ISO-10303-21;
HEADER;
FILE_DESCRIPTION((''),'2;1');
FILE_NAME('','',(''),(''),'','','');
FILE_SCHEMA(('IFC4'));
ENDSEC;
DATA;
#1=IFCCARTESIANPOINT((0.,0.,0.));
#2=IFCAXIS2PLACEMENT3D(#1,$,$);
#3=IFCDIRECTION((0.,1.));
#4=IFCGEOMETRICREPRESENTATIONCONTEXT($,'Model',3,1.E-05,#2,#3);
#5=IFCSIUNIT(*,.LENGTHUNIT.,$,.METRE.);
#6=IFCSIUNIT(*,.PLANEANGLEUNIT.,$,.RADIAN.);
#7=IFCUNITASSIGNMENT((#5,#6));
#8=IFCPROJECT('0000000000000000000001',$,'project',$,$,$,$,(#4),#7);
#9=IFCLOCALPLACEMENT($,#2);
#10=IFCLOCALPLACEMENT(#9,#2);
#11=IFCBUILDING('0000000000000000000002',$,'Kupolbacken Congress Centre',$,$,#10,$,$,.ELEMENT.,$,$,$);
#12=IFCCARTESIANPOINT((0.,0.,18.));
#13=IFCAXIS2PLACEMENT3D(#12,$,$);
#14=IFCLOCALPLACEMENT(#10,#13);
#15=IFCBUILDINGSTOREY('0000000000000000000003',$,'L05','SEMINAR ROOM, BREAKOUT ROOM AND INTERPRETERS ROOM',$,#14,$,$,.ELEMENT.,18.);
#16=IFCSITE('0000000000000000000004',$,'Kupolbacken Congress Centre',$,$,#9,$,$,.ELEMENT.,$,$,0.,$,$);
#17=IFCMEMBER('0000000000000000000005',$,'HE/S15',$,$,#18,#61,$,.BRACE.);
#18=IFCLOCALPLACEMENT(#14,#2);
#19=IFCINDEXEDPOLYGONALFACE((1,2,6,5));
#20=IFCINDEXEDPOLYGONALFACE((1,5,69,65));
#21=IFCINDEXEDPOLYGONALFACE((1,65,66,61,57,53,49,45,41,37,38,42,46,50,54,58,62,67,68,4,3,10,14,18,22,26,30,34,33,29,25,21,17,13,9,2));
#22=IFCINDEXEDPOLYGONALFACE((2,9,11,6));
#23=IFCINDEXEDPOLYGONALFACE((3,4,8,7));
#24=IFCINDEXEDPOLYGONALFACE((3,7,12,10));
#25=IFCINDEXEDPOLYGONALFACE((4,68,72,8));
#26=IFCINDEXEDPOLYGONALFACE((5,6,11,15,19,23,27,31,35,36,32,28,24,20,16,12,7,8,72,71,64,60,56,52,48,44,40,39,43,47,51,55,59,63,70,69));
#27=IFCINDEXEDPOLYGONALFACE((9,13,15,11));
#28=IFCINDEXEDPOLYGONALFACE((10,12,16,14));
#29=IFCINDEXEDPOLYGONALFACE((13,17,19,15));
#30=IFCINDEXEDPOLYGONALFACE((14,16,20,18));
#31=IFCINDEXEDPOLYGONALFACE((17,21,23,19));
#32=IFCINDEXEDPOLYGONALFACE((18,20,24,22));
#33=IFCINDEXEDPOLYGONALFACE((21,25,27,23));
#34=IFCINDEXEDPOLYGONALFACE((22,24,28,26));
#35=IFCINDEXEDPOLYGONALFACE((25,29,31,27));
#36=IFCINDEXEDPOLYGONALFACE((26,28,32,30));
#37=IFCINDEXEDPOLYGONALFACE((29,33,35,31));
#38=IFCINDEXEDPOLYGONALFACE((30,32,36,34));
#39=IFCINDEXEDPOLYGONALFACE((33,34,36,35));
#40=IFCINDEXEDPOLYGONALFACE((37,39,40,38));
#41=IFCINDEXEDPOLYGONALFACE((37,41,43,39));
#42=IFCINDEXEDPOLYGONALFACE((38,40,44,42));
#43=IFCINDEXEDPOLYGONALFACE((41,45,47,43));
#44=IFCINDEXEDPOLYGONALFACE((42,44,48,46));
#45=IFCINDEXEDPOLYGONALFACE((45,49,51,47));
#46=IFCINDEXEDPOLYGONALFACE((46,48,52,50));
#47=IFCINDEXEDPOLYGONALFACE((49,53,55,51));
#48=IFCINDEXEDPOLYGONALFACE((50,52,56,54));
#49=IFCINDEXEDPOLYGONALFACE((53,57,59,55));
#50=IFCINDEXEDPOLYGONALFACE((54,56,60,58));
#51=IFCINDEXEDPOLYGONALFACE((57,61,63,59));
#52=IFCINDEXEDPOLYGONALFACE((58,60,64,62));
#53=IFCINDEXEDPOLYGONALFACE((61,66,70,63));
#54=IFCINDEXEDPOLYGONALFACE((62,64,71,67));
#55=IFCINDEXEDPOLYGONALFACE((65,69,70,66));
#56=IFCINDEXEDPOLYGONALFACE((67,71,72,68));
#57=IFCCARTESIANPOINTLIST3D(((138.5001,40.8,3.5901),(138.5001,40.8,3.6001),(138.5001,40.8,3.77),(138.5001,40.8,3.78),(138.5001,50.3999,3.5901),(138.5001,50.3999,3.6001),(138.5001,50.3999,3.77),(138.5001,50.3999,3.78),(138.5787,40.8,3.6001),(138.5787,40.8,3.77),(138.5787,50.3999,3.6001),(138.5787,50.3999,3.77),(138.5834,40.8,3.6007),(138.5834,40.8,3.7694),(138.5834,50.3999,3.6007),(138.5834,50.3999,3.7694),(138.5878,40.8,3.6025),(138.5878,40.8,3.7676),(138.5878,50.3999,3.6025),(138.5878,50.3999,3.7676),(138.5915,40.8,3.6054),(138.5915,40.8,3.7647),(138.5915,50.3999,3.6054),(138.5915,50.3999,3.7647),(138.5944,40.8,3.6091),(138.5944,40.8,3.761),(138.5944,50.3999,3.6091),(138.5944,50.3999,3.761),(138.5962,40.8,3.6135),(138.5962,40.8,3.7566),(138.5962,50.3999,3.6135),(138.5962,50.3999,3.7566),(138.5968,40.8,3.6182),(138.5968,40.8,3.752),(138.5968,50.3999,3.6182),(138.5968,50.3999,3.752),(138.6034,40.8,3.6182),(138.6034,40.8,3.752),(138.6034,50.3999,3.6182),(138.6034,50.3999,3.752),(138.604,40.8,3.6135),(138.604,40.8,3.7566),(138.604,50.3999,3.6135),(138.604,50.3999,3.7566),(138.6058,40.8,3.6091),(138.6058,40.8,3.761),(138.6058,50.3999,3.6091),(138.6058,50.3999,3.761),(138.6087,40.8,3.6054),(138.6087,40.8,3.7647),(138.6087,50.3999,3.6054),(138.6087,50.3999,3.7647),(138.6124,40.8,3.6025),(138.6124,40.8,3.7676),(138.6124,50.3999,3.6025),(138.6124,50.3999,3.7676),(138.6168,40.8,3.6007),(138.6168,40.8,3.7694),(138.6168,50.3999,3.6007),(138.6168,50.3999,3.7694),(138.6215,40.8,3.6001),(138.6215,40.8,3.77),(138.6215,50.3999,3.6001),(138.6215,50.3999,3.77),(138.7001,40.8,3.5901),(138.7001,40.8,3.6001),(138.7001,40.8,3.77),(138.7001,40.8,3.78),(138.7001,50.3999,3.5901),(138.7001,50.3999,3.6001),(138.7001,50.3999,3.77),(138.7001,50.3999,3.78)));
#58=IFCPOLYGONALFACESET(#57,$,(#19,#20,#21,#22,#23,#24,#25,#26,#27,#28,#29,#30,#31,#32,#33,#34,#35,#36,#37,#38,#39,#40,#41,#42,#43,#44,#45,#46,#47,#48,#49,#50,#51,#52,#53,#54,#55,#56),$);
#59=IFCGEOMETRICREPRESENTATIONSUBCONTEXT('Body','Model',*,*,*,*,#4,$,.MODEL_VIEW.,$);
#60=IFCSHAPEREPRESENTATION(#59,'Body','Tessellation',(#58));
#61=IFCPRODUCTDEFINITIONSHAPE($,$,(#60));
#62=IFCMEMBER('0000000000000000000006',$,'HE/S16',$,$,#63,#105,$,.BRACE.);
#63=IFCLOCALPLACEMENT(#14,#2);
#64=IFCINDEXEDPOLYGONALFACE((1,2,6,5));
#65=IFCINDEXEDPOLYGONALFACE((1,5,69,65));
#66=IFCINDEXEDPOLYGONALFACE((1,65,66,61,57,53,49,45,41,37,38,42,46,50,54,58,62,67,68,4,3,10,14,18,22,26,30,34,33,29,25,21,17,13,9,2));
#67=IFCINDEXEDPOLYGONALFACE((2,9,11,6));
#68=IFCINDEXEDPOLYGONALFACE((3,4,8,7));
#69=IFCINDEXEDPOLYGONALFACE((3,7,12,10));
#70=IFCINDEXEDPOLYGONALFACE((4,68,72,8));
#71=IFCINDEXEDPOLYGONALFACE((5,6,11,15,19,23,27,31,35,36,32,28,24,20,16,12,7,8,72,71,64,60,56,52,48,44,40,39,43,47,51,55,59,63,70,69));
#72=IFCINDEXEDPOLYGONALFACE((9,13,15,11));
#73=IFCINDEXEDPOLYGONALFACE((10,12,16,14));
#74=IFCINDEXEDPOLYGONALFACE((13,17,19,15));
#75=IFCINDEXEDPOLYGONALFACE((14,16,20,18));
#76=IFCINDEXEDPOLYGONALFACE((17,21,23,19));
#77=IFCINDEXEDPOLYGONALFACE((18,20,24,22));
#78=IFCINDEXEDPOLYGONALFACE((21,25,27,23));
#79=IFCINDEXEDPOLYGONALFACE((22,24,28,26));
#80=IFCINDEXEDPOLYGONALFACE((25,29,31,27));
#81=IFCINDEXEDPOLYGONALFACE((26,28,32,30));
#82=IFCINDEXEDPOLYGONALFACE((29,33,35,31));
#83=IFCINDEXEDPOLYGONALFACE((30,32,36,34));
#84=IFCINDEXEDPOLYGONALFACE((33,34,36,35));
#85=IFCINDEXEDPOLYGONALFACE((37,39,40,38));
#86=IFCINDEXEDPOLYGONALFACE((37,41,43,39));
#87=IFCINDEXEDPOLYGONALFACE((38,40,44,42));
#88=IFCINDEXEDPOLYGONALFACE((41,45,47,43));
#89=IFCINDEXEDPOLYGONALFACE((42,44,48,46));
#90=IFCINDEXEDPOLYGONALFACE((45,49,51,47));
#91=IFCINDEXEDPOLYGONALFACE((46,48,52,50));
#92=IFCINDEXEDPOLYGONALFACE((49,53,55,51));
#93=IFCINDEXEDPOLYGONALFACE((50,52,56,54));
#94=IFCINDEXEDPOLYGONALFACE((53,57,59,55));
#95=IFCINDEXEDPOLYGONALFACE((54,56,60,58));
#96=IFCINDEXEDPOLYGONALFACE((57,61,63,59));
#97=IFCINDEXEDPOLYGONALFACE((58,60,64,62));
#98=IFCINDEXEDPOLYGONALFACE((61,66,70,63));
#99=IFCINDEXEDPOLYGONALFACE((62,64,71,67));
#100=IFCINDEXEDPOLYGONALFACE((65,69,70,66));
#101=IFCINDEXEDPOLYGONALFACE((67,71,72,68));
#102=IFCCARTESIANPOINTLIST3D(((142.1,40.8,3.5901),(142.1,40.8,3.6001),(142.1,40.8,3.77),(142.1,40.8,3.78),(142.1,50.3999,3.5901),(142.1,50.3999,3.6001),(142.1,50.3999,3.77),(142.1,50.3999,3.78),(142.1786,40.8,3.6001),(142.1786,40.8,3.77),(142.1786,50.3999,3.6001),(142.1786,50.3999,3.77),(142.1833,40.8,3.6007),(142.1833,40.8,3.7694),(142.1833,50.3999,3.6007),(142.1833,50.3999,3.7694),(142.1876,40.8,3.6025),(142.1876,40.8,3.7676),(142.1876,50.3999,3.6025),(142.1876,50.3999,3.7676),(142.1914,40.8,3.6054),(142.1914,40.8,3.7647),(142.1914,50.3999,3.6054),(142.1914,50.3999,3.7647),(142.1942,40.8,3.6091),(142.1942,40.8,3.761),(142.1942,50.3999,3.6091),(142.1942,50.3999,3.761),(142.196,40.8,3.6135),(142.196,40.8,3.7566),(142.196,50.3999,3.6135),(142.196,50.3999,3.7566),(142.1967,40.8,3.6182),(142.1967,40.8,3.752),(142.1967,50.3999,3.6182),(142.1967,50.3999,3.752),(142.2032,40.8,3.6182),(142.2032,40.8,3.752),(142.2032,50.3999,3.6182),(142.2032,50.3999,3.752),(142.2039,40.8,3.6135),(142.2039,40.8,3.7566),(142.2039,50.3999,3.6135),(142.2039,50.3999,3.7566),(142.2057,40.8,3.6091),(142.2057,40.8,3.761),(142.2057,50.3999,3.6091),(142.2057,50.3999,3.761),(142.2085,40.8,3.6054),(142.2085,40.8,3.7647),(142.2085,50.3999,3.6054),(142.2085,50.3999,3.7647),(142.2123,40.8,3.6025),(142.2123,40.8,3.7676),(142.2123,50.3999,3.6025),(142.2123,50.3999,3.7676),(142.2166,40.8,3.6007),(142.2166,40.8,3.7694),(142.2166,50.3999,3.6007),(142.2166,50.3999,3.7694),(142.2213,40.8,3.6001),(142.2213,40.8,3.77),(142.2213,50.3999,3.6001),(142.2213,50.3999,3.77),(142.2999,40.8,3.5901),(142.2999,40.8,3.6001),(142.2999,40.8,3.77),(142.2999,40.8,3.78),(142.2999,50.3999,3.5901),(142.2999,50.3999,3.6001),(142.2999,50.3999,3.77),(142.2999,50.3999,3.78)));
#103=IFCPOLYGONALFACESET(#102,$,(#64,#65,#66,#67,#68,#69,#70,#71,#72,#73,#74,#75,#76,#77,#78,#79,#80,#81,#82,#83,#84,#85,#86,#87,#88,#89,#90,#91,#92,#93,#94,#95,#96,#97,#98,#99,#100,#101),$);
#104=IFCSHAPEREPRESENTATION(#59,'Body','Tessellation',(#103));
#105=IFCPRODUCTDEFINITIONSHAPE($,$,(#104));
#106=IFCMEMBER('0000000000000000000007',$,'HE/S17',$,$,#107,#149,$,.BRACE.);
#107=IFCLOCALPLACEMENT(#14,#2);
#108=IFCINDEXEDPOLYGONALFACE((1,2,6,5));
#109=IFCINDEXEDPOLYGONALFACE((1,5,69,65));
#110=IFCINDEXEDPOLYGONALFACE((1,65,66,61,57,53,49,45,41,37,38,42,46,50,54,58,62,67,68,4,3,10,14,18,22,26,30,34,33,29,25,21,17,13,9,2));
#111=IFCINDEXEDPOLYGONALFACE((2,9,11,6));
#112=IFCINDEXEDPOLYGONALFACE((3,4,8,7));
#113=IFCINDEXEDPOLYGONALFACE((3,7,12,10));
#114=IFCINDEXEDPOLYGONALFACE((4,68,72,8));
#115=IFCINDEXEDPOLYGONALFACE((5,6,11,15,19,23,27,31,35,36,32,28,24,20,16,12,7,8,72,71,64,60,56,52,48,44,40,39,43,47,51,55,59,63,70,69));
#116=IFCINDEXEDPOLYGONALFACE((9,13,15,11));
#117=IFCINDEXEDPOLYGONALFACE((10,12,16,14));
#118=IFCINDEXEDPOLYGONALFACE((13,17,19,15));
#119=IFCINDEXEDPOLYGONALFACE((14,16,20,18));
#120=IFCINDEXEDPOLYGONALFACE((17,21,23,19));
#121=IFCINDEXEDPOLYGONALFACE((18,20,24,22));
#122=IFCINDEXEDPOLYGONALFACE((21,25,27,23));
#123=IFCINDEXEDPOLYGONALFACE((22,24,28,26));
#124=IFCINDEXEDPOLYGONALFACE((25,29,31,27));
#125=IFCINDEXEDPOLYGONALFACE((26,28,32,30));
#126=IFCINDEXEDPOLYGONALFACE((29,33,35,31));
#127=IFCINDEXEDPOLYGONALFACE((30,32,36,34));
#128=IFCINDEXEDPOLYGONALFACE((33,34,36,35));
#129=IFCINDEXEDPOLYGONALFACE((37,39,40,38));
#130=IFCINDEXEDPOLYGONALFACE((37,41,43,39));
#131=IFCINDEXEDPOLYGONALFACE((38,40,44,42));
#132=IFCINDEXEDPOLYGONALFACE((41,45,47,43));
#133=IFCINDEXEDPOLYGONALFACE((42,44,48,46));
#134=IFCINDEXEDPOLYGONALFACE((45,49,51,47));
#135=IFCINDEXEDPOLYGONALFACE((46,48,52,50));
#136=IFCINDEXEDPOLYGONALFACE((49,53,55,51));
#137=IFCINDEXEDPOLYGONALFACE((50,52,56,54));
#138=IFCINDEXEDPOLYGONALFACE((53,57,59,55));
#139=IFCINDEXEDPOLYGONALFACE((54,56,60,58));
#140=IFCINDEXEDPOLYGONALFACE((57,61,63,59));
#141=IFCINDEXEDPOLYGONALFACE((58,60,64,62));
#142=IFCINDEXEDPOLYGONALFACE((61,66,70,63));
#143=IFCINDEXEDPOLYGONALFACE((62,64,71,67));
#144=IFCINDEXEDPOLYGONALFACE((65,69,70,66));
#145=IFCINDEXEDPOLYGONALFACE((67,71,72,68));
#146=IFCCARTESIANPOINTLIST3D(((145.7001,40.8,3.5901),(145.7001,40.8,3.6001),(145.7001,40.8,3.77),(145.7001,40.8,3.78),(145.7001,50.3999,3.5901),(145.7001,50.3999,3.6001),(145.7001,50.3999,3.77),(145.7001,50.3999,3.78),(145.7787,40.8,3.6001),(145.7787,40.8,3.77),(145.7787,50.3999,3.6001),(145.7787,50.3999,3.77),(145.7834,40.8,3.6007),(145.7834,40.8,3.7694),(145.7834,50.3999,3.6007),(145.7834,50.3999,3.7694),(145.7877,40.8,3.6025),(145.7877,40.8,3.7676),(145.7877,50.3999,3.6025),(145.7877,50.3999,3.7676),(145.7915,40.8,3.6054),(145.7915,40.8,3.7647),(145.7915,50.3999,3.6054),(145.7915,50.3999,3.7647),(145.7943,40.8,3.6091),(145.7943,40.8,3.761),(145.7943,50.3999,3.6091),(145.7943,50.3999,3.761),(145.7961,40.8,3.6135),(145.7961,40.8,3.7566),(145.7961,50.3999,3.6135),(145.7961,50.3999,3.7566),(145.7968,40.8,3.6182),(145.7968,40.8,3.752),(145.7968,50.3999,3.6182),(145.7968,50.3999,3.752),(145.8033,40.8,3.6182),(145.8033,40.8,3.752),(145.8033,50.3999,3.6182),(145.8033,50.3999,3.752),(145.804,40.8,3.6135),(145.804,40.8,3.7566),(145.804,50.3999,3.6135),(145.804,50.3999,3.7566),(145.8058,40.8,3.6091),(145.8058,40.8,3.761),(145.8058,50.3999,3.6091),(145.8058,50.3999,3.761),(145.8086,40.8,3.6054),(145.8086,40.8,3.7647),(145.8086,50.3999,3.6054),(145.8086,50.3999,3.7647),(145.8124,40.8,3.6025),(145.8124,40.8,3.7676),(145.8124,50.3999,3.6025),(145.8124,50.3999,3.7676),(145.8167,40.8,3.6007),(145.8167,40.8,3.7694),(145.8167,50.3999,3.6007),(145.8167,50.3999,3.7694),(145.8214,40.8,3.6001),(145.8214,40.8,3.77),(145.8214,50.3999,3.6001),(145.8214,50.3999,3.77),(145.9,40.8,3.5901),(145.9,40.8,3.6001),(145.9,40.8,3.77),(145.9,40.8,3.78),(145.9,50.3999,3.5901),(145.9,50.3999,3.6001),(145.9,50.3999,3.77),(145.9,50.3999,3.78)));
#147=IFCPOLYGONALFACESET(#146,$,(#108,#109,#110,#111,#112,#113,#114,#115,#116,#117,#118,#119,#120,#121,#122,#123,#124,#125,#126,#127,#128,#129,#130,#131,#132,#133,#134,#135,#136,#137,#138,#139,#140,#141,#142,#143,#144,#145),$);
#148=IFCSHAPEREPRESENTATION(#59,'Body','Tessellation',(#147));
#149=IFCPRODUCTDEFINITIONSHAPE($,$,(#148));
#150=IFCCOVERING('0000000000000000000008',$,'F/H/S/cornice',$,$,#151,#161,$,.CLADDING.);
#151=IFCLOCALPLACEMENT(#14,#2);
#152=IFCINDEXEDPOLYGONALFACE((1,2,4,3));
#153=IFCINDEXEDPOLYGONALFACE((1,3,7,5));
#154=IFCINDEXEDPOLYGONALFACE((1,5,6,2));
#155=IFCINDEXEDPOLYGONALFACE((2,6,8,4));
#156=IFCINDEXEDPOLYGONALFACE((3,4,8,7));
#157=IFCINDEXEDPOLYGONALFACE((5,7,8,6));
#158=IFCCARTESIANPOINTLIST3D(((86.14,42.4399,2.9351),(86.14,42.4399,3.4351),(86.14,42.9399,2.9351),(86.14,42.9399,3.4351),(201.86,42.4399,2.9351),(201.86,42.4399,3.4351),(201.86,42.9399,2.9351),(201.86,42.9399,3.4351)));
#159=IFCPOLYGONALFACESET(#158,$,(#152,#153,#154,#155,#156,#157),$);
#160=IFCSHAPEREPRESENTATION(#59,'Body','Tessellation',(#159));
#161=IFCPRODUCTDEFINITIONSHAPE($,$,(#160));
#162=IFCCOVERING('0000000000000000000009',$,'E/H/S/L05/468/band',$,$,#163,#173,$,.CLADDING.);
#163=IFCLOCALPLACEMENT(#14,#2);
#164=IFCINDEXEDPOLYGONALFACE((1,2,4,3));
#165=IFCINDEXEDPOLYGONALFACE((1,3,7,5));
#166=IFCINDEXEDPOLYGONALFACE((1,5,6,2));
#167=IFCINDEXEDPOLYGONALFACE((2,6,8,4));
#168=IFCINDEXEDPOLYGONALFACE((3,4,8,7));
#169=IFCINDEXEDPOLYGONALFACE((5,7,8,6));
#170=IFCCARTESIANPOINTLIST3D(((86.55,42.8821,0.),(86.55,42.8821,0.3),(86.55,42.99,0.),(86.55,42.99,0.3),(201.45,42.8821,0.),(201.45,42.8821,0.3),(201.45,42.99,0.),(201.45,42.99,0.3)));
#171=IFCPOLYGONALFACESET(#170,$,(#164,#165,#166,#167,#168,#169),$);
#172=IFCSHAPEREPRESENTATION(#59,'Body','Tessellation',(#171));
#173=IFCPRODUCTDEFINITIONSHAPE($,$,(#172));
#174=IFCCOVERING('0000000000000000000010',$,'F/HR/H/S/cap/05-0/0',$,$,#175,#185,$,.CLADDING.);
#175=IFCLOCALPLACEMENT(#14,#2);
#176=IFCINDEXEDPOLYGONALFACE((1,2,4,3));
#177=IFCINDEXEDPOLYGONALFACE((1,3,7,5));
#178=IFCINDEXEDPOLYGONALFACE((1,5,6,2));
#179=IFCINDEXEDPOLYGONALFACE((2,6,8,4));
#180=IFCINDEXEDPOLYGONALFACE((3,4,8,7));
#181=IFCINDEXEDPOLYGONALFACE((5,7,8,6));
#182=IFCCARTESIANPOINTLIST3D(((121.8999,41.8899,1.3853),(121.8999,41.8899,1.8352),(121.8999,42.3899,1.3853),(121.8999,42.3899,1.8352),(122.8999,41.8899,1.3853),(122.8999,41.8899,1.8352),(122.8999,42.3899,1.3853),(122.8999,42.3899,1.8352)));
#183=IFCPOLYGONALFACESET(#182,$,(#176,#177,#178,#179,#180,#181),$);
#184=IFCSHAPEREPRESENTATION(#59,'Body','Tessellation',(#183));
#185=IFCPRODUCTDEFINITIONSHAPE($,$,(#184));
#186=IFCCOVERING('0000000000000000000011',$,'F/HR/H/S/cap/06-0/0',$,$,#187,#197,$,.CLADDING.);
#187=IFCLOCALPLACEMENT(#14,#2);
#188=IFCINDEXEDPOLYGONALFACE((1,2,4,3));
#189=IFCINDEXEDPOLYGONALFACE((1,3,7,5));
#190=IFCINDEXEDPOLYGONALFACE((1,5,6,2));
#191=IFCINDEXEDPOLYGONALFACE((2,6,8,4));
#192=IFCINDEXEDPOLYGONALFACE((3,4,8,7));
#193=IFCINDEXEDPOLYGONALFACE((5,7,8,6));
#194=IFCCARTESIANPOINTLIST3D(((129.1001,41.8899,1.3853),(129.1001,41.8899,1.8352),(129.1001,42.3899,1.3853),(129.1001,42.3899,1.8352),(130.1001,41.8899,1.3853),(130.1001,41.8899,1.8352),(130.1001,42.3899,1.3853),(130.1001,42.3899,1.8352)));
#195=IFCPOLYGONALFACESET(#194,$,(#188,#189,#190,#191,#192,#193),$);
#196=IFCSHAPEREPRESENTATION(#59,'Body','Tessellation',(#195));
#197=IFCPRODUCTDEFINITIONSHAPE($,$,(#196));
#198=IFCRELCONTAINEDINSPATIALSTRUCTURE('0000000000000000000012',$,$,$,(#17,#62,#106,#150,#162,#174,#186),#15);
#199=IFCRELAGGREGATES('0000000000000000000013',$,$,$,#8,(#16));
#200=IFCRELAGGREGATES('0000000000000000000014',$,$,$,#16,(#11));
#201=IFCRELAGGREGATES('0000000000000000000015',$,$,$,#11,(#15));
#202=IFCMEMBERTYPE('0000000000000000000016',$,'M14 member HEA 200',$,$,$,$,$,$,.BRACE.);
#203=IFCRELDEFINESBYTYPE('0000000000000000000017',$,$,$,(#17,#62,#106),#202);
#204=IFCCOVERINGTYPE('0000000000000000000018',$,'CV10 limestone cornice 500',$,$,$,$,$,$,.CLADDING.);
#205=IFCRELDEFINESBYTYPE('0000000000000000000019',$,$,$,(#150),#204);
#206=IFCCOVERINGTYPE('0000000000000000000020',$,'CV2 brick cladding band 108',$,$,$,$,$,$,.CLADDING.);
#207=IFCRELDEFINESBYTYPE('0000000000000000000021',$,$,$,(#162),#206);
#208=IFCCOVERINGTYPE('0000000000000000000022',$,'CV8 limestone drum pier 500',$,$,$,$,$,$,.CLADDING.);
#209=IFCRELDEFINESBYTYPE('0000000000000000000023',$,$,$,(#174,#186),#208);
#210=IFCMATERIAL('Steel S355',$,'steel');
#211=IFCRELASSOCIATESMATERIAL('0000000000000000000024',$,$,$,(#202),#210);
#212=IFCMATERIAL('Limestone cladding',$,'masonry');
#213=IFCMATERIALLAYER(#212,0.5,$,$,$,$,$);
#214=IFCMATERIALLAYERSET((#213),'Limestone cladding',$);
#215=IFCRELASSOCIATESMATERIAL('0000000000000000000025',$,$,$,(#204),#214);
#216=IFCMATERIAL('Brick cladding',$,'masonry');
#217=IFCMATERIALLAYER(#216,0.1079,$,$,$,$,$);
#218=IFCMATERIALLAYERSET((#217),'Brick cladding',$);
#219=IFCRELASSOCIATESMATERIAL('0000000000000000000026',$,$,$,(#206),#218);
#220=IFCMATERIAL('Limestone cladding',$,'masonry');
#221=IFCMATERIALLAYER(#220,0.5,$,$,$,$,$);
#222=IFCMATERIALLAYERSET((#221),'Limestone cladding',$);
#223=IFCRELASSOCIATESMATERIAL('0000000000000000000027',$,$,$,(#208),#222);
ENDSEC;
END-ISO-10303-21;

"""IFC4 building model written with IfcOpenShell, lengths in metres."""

from ifc_helpers import new_model, si_unit, direction, frame, origin, origin_2d, place, context, subcontext, project, spatial, rectangle, i_section, extrude, material, layer, layer_set, material_profile, profile_set, type_object, element, save


model = new_model("IFC4")

# Units and contexts
model_context = context("Model", 3, precision=1e-05, world=origin(), true_north=direction((0.0, 1.0)))
body_context = subcontext(model_context, "Body", "Model", "MODEL_VIEW")
ifc_project = project(units=[si_unit("LENGTHUNIT", "METRE"), si_unit("PLANEANGLEUNIT", "RADIAN")], contexts=[model_context])

# Site, building, storey
site_placement = place(None, origin())
site = spatial("IfcSite", under=ifc_project, at=site_placement, Name="Kupolbacken Congress Centre", CompositionType="ELEMENT", RefElevation=0.0)
building_placement = place(site_placement, origin())
building = spatial("IfcBuilding", under=site, at=building_placement, Name="Kupolbacken Congress Centre", CompositionType="ELEMENT")
storey_placement = place(building_placement, frame((0.0, 0.0, 18.0)))
storey = spatial("IfcBuildingStorey", under=building, at=storey_placement, Name="L05", Description="SEMINAR ROOM, BREAKOUT ROOM AND INTERPRETERS ROOM", CompositionType="ELEMENT", Elevation=18.0)

# Members
ifc_material_1 = material(Name="Steel S355", Category="steel")
ifc_material_profile_1 = material_profile(ifc_material_1, i_section(OverallWidth=0.2, OverallDepth=0.1899, WebThickness=0.0066, FlangeThickness=0.01, FilletRadius=0.0181, at=origin_2d()), Name="HEA 200")
ifc_profile_set_1 = profile_set([ifc_material_profile_1], Name="Steel S355")
member_type_1 = type_object("IfcMemberType", Name="M14 member HEA 200", PredefinedType="BRACE", material=ifc_profile_set_1)
for number, where, z_axis, x_axis, name in (
    (1, (138.6001, 50.3999, 3.6851), (0.0, -1.0, 0.0), (1.0, 0.0, 0.0), "HE/S15"),
    (2, (142.2, 50.3999, 3.6851), (0.0, -1.0, 0.0), (1.0, 0.0, 0.0), "HE/S16"),
    (3, (145.8, 50.3999, 3.6851), (0.0, -1.0, 0.0), (1.0, 0.0, 0.0), "HE/S17"),
):
    element("IfcMember", number, at=place(storey_placement, frame(where, z_axis=z_axis, x_axis=x_axis)), inside=storey, type_object=member_type_1, Name=name, PredefinedType="BRACE", context=body_context, shape_type="SweptSolid", body=[
        extrude(i_section(OverallWidth=0.2, OverallDepth=0.1899, WebThickness=0.0066, FlangeThickness=0.01, FilletRadius=0.0181, at=origin_2d()), origin(), (0.0, 0.0, 1.0), 9.5999),
    ])

# Coverings
ifc_material_2 = material(Name="Limestone cladding", Category="masonry")
ifc_layer_1 = layer(ifc_material_2, 0.5)
ifc_layer_set_1 = layer_set([ifc_layer_1], Name="Limestone cladding")
covering_type_1 = type_object("IfcCoveringType", Name="CV10 limestone cornice 500", PredefinedType="CLADDING", material=ifc_layer_set_1)
covering_1_placement = place(storey_placement, frame((144.0, 42.6899, 2.9351), z_axis=(0.0, 0.0, 1.0), x_axis=(1.0, 0.0, 0.0)))
element("IfcCovering", 4, at=covering_1_placement, inside=storey, type_object=covering_type_1, Name="F/H/S/cornice", PredefinedType="CLADDING", context=body_context, shape_type="SweptSolid", body=[
    extrude(rectangle(XDim=115.72, YDim=0.5, at=origin_2d()), origin(), (0.0, 0.0, 1.0), 0.5),
])
ifc_material_3 = material(Name="Brick cladding", Category="masonry")
ifc_layer_2 = layer(ifc_material_3, 0.1079)
ifc_layer_set_2 = layer_set([ifc_layer_2], Name="Brick cladding")
covering_type_2 = type_object("IfcCoveringType", Name="CV2 brick cladding band 108", PredefinedType="CLADDING", material=ifc_layer_set_2)
covering_2_placement = place(storey_placement, frame((144.0, 42.936, 0.0), z_axis=(0.0, 0.0, 1.0), x_axis=(1.0, 0.0, 0.0)))
element("IfcCovering", 5, at=covering_2_placement, inside=storey, type_object=covering_type_2, Name="E/H/S/L05/468/band", PredefinedType="CLADDING", context=body_context, shape_type="SweptSolid", body=[
    extrude(rectangle(XDim=114.8999, YDim=0.1079, at=origin_2d()), origin(), (0.0, 0.0, 1.0), 0.3),
])
ifc_material_4 = material(Name="Limestone cladding", Category="masonry")
ifc_layer_3 = layer(ifc_material_4, 0.5)
ifc_layer_set_3 = layer_set([ifc_layer_3], Name="Limestone cladding")
covering_type_3 = type_object("IfcCoveringType", Name="CV8 limestone drum pier 500", PredefinedType="CLADDING", material=ifc_layer_set_3)
for number, where, z_axis, x_axis, name in (
    (6, (122.3999, 42.1399, 1.3853), (0.0, 0.0, 1.0), (1.0, 0.0, 0.0), "F/HR/H/S/cap/05-0/0"),
    (7, (129.6001, 42.1399, 1.3853), (0.0, 0.0, 1.0), (1.0, 0.0, 0.0), "F/HR/H/S/cap/06-0/0"),
):
    element("IfcCovering", number, at=place(storey_placement, frame(where, z_axis=z_axis, x_axis=x_axis)), inside=storey, type_object=covering_type_3, Name=name, PredefinedType="CLADDING", context=body_context, shape_type="SweptSolid", body=[
        extrude(rectangle(XDim=1.0, YDim=0.5, at=origin_2d()), origin(), (0.0, 0.0, 1.0), 0.45),
    ])

save(model, "model.ifc")
